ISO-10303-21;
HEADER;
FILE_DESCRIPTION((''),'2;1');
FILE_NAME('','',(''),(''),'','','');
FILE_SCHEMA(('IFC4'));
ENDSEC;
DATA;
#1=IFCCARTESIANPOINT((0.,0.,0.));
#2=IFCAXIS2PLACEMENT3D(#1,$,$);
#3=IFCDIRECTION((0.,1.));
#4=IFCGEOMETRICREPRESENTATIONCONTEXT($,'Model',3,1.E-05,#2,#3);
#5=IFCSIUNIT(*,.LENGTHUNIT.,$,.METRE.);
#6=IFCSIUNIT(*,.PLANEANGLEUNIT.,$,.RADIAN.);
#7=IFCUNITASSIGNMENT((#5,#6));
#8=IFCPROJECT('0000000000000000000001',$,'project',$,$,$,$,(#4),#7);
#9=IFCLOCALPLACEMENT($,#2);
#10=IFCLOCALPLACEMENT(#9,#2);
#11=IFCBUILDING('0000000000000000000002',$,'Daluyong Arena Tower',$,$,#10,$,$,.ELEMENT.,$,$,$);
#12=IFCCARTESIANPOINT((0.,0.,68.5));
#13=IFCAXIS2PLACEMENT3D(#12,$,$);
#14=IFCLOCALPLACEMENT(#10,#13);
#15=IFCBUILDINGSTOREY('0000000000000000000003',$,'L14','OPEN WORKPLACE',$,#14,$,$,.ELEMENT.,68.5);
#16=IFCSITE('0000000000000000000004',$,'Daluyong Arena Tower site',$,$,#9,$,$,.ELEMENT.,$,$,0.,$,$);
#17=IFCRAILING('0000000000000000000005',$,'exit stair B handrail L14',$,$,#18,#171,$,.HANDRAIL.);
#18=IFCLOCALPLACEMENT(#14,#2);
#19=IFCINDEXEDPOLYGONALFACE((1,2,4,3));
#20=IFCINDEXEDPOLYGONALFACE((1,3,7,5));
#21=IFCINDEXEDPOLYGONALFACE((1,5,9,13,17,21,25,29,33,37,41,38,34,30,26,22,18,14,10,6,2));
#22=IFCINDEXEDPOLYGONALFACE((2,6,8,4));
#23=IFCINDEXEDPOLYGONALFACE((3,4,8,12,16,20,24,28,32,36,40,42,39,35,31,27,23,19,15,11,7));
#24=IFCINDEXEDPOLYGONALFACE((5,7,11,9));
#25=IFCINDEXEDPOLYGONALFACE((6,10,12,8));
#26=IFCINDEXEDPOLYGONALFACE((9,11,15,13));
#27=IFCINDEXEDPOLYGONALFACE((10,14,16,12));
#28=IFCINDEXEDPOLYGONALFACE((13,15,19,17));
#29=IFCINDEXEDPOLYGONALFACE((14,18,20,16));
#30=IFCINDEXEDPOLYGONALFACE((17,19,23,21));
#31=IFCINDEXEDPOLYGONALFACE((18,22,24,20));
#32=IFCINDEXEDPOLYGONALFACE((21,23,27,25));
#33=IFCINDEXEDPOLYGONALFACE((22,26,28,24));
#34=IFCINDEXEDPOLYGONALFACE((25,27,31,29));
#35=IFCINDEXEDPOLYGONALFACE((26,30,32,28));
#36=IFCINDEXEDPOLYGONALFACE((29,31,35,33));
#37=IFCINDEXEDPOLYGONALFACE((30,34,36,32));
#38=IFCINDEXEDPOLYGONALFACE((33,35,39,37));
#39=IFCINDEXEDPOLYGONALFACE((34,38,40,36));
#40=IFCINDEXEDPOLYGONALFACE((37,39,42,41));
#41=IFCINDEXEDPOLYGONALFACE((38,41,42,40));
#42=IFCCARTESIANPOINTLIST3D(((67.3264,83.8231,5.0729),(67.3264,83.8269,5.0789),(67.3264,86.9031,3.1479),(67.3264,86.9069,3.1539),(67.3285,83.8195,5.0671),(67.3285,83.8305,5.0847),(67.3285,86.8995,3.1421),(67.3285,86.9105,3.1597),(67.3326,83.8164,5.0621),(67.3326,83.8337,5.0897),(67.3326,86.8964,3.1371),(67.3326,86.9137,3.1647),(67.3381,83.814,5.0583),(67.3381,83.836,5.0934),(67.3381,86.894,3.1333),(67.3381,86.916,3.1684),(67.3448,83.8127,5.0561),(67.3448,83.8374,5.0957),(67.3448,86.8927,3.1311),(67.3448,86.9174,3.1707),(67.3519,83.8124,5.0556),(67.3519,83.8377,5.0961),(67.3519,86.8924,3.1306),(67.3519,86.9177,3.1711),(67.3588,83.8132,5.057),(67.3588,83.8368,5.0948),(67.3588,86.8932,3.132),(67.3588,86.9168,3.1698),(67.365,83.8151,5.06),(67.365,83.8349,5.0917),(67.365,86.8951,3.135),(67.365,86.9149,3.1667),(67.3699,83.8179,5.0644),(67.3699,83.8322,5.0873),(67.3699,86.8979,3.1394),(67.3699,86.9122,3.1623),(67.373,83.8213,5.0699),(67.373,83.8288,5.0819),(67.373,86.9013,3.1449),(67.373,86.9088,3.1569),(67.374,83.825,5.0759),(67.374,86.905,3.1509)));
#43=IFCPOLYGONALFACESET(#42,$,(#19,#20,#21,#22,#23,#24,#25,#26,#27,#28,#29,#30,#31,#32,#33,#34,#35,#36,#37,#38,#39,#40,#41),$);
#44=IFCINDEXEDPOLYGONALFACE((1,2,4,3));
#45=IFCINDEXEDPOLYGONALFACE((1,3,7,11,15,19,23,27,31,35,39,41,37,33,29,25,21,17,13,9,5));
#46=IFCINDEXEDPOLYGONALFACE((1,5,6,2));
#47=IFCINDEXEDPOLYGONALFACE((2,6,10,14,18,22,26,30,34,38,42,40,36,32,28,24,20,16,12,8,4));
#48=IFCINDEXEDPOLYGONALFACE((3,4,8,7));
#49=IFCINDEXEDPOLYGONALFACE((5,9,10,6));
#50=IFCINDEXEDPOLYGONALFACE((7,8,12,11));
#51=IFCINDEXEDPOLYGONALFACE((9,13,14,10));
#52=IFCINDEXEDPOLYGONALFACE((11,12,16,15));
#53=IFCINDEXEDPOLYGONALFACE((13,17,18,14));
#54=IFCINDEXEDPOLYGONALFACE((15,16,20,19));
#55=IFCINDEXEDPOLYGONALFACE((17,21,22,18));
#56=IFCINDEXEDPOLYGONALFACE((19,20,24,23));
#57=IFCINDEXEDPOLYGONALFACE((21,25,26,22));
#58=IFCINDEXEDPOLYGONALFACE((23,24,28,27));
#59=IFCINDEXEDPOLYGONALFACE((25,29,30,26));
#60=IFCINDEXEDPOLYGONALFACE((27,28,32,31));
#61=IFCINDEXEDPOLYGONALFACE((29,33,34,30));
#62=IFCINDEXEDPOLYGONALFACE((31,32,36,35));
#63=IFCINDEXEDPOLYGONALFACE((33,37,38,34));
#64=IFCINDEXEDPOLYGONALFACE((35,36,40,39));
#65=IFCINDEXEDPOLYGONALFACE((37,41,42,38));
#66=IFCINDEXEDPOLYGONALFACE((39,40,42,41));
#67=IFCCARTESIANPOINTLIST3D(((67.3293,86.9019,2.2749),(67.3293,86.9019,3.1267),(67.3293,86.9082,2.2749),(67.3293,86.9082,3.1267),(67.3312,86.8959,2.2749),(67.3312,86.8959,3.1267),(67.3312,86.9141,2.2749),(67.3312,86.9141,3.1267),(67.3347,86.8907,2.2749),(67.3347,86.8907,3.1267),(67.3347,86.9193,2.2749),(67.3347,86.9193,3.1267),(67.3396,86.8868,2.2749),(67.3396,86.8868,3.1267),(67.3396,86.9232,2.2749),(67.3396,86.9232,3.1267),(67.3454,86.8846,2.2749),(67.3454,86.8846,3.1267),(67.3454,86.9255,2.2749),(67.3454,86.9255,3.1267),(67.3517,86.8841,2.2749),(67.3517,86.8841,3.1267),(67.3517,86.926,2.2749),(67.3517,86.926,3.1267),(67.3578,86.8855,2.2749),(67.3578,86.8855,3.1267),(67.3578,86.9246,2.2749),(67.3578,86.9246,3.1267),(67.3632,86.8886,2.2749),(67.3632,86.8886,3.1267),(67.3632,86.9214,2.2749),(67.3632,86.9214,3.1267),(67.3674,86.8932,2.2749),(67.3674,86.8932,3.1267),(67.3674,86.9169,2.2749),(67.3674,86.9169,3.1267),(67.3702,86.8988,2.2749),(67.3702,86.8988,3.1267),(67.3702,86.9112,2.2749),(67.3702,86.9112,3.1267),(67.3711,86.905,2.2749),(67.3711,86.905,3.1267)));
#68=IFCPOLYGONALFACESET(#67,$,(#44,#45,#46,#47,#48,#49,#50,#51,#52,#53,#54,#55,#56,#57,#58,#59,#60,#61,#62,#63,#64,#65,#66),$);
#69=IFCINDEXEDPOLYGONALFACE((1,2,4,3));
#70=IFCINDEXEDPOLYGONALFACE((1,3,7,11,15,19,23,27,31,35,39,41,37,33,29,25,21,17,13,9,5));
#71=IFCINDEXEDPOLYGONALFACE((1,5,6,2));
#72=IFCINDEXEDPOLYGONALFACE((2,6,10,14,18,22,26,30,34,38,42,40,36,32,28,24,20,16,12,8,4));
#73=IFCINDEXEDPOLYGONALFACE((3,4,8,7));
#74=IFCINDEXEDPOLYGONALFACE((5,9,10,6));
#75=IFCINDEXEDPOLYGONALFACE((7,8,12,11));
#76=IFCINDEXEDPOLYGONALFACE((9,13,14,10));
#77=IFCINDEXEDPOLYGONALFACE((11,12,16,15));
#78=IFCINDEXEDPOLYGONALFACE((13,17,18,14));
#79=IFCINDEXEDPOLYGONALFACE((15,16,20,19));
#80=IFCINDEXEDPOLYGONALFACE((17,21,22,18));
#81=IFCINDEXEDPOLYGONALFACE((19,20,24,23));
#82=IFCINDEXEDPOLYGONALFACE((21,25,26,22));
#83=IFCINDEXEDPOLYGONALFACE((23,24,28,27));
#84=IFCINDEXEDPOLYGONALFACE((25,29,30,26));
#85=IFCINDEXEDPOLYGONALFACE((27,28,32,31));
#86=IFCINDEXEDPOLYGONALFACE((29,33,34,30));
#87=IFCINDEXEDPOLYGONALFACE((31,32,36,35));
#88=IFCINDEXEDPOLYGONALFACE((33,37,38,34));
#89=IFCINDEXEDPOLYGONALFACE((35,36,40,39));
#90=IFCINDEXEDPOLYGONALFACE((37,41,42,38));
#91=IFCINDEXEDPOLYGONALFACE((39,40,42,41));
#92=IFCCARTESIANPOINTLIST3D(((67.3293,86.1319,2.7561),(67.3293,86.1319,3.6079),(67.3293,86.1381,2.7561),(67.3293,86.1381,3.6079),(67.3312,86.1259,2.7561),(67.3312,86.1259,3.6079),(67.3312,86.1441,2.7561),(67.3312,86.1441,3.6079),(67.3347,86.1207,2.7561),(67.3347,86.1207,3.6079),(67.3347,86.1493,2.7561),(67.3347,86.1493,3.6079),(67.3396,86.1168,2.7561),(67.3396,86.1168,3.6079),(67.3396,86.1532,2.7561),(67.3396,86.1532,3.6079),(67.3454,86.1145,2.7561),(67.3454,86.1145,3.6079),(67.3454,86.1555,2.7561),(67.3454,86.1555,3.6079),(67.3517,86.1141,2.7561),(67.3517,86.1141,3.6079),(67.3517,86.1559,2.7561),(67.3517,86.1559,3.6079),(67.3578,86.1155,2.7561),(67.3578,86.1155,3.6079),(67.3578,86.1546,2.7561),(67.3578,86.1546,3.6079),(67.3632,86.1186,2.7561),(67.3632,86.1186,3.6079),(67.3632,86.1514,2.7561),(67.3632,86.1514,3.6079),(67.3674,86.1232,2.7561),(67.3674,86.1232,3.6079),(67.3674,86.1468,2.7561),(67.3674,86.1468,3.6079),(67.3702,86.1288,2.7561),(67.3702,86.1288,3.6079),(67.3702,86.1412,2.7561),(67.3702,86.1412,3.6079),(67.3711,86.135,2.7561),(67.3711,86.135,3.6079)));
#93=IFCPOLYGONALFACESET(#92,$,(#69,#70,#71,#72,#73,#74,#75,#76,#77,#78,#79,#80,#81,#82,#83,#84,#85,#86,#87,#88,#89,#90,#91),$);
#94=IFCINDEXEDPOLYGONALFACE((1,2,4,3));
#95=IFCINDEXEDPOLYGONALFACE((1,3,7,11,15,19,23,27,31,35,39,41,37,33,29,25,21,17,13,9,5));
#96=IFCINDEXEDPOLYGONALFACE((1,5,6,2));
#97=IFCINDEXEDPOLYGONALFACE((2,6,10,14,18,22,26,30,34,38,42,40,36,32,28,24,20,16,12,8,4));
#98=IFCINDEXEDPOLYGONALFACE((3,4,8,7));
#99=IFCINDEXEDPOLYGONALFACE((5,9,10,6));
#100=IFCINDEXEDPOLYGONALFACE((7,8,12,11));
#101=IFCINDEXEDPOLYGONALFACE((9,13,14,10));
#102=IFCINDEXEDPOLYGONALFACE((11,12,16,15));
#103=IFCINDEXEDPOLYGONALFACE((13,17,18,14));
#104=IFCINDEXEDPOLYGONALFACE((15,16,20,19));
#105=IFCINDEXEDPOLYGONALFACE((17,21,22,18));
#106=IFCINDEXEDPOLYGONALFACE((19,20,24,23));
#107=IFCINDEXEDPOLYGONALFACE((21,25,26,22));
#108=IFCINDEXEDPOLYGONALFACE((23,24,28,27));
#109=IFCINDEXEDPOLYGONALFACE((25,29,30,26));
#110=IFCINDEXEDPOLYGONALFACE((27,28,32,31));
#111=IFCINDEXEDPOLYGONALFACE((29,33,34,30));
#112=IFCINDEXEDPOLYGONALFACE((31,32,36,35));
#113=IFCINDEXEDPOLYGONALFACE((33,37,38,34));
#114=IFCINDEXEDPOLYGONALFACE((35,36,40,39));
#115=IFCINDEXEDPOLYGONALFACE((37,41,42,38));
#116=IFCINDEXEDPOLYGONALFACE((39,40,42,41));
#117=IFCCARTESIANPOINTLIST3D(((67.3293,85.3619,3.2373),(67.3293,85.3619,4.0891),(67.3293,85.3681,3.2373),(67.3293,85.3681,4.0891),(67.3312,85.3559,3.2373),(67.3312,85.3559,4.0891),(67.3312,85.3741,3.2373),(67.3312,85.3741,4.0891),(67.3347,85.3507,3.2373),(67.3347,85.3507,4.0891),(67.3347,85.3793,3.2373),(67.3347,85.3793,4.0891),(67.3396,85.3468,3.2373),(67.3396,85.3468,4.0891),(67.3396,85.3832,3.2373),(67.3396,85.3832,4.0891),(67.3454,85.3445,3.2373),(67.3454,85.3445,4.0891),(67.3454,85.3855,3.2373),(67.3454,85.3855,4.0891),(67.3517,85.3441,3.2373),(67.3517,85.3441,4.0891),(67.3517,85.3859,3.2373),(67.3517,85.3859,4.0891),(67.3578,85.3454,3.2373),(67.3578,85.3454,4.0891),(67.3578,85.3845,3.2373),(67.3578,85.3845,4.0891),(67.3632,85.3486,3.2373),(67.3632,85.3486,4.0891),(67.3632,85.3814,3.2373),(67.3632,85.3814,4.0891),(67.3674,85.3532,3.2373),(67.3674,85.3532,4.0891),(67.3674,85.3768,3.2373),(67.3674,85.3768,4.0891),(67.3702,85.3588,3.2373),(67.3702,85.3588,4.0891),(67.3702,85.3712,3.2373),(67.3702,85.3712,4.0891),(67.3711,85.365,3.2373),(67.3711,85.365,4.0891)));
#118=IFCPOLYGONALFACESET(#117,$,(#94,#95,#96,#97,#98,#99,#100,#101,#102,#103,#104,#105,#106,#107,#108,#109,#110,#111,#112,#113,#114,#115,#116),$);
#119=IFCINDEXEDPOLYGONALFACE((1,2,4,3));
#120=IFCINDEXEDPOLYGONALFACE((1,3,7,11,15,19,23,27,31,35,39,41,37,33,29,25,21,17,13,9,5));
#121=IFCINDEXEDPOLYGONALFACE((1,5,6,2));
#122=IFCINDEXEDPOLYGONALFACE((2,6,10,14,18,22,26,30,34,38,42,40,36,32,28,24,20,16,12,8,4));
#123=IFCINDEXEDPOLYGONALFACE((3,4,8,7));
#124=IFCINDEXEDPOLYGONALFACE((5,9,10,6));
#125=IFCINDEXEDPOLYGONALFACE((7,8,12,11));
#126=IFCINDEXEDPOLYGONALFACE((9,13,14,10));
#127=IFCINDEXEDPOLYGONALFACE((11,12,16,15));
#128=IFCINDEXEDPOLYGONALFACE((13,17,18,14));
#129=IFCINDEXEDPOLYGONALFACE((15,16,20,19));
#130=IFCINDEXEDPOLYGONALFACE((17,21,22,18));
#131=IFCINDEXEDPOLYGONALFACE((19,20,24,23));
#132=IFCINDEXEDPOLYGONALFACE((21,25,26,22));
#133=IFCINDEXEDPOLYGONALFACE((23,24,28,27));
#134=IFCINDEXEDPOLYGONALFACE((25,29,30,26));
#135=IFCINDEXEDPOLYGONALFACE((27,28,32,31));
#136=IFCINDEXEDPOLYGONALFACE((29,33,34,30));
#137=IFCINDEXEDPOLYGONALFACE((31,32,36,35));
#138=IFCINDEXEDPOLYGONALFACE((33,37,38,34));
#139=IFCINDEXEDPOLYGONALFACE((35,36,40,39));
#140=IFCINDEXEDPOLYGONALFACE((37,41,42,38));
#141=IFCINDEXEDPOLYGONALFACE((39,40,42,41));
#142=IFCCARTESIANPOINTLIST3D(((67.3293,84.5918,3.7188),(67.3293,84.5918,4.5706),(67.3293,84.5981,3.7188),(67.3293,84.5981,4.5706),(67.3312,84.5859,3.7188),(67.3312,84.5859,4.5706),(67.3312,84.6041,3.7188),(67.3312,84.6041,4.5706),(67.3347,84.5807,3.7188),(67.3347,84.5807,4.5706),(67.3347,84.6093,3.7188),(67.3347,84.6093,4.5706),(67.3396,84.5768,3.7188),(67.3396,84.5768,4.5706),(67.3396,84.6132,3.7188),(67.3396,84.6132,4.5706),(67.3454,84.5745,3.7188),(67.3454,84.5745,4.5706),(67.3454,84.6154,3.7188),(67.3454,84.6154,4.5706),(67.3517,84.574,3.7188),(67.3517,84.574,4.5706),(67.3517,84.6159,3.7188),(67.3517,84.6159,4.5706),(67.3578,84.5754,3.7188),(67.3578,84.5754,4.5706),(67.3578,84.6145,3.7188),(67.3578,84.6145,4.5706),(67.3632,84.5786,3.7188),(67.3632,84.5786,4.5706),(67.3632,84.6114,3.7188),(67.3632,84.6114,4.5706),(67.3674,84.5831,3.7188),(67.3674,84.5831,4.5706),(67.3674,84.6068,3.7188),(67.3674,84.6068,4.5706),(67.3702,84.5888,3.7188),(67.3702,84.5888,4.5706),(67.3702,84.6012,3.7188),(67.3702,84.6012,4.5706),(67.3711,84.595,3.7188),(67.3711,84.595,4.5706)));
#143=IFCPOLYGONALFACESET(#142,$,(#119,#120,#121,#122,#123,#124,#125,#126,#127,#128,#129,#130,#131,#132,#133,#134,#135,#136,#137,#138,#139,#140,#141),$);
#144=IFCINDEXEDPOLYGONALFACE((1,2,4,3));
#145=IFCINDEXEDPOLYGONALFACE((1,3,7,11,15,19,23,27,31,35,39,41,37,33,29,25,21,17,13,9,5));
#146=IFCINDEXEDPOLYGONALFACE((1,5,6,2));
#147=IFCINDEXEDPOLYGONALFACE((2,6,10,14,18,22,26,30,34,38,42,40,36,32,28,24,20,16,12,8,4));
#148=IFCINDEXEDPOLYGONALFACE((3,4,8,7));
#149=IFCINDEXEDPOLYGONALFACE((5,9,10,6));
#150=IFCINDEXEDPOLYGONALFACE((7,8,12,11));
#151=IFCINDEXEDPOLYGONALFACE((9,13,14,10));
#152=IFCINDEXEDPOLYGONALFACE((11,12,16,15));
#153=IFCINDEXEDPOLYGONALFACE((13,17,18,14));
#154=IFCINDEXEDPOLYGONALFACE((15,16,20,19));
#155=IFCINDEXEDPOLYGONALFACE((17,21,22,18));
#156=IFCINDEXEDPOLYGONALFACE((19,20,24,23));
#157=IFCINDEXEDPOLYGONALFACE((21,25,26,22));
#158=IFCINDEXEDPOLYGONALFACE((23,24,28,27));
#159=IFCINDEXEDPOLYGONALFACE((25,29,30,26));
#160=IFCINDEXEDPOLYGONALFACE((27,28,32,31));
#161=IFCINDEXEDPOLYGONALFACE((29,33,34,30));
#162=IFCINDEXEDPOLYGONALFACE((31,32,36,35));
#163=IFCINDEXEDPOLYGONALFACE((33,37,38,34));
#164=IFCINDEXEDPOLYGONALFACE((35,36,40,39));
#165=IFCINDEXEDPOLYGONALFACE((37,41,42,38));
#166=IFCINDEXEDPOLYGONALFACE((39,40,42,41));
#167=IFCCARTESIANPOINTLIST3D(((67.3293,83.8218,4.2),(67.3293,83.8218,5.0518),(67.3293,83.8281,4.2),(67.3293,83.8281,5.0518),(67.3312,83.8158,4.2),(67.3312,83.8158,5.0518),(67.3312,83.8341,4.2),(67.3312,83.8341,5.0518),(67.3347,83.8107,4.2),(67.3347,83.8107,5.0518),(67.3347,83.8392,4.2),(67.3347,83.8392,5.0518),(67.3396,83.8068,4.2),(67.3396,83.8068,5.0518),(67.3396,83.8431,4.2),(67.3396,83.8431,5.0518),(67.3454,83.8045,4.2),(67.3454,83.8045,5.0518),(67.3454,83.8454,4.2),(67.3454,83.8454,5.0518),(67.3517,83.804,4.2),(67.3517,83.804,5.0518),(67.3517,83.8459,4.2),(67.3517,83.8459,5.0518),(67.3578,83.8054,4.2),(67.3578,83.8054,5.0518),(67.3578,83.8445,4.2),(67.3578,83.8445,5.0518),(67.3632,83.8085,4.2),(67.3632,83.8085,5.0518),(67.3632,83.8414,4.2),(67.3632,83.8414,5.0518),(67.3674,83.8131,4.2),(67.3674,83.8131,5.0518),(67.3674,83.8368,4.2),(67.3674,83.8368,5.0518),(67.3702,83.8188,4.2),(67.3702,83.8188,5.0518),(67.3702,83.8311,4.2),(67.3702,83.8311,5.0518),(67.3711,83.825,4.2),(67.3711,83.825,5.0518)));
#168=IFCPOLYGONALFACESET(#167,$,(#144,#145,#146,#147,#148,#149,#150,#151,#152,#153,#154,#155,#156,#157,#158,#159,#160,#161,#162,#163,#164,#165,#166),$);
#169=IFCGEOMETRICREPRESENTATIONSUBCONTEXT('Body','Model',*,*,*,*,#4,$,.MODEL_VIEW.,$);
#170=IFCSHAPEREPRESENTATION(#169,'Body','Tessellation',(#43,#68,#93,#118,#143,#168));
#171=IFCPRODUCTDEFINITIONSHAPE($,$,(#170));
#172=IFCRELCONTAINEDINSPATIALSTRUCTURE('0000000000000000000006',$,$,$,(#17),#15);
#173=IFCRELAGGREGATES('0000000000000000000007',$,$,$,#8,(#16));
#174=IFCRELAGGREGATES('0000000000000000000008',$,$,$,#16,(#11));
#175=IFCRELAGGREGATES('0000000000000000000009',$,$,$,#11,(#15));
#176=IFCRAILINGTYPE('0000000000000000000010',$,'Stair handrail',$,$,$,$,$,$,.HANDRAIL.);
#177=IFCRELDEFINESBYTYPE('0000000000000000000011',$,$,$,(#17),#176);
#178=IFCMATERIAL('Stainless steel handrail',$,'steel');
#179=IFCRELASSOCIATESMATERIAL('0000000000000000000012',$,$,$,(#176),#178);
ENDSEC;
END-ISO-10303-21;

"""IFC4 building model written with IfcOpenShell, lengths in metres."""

from ifc_helpers import new_model, si_unit, direction, frame, origin, origin_2d, place, context, subcontext, project, spatial, circle, extrude, material, type_object, element, save


model = new_model("IFC4")

# Units and contexts
model_context = context("Model", 3, precision=1e-05, world=origin(), true_north=direction((0.0, 1.0)))
body_context = subcontext(model_context, "Body", "Model", "MODEL_VIEW")
ifc_project = project(units=[si_unit("LENGTHUNIT", "METRE"), si_unit("PLANEANGLEUNIT", "RADIAN")], contexts=[model_context])

# Site, building, storey
site_placement = place(None, origin())
site = spatial("IfcSite", under=ifc_project, at=site_placement, Name="Daluyong Arena Tower site", CompositionType="ELEMENT", RefElevation=0.0)
building_placement = place(site_placement, origin())
building = spatial("IfcBuilding", under=site, at=building_placement, Name="Daluyong Arena Tower", CompositionType="ELEMENT")
storey_placement = place(building_placement, frame((0.0, 0.0, 68.5)))
storey = spatial("IfcBuildingStorey", under=building, at=storey_placement, Name="L14", Description="OPEN WORKPLACE", CompositionType="ELEMENT", Elevation=68.5)

# Railing
ifc_material_1 = material(Name="Stainless steel handrail", Category="steel")
railing_type_1 = type_object("IfcRailingType", Name="Stair handrail", PredefinedType="HANDRAIL", material=ifc_material_1)
railing_1_placement = place(storey_placement, frame((67.3501, 86.905, 2.2749)))
element("IfcRailing", 1, at=railing_1_placement, inside=storey, type_object=railing_type_1, Name="exit stair B handrail L14", PredefinedType="HANDRAIL", context=body_context, shape_type="SweptSolid", body=[
    extrude(circle(Radius=0.0239, at=origin_2d()), frame((0.0, 0.0, 0.876), z_axis=(0.0, -0.847998, 0.529999), x_axis=(1.0, 0.0, 0.0)), (0.0, 0.0, 1.0), 3.6321),
    extrude(circle(Radius=0.021, at=origin_2d()), origin(), (0.0, 0.0, 1.0), 0.8518),
    extrude(circle(Radius=0.021, at=origin_2d()), frame((0.0, -0.77, 0.4812)), (0.0, 0.0, 1.0), 0.8518),
    extrude(circle(Radius=0.021, at=origin_2d()), frame((0.0, -1.54, 0.9624)), (0.0, 0.0, 1.0), 0.8518),
    extrude(circle(Radius=0.021, at=origin_2d()), frame((0.0, -2.3101, 1.4438)), (0.0, 0.0, 1.0), 0.8518),
    extrude(circle(Radius=0.021, at=origin_2d()), frame((0.0, -3.0801, 1.925)), (0.0, 0.0, 1.0), 0.8518),
])

save(model, "model.ifc")
